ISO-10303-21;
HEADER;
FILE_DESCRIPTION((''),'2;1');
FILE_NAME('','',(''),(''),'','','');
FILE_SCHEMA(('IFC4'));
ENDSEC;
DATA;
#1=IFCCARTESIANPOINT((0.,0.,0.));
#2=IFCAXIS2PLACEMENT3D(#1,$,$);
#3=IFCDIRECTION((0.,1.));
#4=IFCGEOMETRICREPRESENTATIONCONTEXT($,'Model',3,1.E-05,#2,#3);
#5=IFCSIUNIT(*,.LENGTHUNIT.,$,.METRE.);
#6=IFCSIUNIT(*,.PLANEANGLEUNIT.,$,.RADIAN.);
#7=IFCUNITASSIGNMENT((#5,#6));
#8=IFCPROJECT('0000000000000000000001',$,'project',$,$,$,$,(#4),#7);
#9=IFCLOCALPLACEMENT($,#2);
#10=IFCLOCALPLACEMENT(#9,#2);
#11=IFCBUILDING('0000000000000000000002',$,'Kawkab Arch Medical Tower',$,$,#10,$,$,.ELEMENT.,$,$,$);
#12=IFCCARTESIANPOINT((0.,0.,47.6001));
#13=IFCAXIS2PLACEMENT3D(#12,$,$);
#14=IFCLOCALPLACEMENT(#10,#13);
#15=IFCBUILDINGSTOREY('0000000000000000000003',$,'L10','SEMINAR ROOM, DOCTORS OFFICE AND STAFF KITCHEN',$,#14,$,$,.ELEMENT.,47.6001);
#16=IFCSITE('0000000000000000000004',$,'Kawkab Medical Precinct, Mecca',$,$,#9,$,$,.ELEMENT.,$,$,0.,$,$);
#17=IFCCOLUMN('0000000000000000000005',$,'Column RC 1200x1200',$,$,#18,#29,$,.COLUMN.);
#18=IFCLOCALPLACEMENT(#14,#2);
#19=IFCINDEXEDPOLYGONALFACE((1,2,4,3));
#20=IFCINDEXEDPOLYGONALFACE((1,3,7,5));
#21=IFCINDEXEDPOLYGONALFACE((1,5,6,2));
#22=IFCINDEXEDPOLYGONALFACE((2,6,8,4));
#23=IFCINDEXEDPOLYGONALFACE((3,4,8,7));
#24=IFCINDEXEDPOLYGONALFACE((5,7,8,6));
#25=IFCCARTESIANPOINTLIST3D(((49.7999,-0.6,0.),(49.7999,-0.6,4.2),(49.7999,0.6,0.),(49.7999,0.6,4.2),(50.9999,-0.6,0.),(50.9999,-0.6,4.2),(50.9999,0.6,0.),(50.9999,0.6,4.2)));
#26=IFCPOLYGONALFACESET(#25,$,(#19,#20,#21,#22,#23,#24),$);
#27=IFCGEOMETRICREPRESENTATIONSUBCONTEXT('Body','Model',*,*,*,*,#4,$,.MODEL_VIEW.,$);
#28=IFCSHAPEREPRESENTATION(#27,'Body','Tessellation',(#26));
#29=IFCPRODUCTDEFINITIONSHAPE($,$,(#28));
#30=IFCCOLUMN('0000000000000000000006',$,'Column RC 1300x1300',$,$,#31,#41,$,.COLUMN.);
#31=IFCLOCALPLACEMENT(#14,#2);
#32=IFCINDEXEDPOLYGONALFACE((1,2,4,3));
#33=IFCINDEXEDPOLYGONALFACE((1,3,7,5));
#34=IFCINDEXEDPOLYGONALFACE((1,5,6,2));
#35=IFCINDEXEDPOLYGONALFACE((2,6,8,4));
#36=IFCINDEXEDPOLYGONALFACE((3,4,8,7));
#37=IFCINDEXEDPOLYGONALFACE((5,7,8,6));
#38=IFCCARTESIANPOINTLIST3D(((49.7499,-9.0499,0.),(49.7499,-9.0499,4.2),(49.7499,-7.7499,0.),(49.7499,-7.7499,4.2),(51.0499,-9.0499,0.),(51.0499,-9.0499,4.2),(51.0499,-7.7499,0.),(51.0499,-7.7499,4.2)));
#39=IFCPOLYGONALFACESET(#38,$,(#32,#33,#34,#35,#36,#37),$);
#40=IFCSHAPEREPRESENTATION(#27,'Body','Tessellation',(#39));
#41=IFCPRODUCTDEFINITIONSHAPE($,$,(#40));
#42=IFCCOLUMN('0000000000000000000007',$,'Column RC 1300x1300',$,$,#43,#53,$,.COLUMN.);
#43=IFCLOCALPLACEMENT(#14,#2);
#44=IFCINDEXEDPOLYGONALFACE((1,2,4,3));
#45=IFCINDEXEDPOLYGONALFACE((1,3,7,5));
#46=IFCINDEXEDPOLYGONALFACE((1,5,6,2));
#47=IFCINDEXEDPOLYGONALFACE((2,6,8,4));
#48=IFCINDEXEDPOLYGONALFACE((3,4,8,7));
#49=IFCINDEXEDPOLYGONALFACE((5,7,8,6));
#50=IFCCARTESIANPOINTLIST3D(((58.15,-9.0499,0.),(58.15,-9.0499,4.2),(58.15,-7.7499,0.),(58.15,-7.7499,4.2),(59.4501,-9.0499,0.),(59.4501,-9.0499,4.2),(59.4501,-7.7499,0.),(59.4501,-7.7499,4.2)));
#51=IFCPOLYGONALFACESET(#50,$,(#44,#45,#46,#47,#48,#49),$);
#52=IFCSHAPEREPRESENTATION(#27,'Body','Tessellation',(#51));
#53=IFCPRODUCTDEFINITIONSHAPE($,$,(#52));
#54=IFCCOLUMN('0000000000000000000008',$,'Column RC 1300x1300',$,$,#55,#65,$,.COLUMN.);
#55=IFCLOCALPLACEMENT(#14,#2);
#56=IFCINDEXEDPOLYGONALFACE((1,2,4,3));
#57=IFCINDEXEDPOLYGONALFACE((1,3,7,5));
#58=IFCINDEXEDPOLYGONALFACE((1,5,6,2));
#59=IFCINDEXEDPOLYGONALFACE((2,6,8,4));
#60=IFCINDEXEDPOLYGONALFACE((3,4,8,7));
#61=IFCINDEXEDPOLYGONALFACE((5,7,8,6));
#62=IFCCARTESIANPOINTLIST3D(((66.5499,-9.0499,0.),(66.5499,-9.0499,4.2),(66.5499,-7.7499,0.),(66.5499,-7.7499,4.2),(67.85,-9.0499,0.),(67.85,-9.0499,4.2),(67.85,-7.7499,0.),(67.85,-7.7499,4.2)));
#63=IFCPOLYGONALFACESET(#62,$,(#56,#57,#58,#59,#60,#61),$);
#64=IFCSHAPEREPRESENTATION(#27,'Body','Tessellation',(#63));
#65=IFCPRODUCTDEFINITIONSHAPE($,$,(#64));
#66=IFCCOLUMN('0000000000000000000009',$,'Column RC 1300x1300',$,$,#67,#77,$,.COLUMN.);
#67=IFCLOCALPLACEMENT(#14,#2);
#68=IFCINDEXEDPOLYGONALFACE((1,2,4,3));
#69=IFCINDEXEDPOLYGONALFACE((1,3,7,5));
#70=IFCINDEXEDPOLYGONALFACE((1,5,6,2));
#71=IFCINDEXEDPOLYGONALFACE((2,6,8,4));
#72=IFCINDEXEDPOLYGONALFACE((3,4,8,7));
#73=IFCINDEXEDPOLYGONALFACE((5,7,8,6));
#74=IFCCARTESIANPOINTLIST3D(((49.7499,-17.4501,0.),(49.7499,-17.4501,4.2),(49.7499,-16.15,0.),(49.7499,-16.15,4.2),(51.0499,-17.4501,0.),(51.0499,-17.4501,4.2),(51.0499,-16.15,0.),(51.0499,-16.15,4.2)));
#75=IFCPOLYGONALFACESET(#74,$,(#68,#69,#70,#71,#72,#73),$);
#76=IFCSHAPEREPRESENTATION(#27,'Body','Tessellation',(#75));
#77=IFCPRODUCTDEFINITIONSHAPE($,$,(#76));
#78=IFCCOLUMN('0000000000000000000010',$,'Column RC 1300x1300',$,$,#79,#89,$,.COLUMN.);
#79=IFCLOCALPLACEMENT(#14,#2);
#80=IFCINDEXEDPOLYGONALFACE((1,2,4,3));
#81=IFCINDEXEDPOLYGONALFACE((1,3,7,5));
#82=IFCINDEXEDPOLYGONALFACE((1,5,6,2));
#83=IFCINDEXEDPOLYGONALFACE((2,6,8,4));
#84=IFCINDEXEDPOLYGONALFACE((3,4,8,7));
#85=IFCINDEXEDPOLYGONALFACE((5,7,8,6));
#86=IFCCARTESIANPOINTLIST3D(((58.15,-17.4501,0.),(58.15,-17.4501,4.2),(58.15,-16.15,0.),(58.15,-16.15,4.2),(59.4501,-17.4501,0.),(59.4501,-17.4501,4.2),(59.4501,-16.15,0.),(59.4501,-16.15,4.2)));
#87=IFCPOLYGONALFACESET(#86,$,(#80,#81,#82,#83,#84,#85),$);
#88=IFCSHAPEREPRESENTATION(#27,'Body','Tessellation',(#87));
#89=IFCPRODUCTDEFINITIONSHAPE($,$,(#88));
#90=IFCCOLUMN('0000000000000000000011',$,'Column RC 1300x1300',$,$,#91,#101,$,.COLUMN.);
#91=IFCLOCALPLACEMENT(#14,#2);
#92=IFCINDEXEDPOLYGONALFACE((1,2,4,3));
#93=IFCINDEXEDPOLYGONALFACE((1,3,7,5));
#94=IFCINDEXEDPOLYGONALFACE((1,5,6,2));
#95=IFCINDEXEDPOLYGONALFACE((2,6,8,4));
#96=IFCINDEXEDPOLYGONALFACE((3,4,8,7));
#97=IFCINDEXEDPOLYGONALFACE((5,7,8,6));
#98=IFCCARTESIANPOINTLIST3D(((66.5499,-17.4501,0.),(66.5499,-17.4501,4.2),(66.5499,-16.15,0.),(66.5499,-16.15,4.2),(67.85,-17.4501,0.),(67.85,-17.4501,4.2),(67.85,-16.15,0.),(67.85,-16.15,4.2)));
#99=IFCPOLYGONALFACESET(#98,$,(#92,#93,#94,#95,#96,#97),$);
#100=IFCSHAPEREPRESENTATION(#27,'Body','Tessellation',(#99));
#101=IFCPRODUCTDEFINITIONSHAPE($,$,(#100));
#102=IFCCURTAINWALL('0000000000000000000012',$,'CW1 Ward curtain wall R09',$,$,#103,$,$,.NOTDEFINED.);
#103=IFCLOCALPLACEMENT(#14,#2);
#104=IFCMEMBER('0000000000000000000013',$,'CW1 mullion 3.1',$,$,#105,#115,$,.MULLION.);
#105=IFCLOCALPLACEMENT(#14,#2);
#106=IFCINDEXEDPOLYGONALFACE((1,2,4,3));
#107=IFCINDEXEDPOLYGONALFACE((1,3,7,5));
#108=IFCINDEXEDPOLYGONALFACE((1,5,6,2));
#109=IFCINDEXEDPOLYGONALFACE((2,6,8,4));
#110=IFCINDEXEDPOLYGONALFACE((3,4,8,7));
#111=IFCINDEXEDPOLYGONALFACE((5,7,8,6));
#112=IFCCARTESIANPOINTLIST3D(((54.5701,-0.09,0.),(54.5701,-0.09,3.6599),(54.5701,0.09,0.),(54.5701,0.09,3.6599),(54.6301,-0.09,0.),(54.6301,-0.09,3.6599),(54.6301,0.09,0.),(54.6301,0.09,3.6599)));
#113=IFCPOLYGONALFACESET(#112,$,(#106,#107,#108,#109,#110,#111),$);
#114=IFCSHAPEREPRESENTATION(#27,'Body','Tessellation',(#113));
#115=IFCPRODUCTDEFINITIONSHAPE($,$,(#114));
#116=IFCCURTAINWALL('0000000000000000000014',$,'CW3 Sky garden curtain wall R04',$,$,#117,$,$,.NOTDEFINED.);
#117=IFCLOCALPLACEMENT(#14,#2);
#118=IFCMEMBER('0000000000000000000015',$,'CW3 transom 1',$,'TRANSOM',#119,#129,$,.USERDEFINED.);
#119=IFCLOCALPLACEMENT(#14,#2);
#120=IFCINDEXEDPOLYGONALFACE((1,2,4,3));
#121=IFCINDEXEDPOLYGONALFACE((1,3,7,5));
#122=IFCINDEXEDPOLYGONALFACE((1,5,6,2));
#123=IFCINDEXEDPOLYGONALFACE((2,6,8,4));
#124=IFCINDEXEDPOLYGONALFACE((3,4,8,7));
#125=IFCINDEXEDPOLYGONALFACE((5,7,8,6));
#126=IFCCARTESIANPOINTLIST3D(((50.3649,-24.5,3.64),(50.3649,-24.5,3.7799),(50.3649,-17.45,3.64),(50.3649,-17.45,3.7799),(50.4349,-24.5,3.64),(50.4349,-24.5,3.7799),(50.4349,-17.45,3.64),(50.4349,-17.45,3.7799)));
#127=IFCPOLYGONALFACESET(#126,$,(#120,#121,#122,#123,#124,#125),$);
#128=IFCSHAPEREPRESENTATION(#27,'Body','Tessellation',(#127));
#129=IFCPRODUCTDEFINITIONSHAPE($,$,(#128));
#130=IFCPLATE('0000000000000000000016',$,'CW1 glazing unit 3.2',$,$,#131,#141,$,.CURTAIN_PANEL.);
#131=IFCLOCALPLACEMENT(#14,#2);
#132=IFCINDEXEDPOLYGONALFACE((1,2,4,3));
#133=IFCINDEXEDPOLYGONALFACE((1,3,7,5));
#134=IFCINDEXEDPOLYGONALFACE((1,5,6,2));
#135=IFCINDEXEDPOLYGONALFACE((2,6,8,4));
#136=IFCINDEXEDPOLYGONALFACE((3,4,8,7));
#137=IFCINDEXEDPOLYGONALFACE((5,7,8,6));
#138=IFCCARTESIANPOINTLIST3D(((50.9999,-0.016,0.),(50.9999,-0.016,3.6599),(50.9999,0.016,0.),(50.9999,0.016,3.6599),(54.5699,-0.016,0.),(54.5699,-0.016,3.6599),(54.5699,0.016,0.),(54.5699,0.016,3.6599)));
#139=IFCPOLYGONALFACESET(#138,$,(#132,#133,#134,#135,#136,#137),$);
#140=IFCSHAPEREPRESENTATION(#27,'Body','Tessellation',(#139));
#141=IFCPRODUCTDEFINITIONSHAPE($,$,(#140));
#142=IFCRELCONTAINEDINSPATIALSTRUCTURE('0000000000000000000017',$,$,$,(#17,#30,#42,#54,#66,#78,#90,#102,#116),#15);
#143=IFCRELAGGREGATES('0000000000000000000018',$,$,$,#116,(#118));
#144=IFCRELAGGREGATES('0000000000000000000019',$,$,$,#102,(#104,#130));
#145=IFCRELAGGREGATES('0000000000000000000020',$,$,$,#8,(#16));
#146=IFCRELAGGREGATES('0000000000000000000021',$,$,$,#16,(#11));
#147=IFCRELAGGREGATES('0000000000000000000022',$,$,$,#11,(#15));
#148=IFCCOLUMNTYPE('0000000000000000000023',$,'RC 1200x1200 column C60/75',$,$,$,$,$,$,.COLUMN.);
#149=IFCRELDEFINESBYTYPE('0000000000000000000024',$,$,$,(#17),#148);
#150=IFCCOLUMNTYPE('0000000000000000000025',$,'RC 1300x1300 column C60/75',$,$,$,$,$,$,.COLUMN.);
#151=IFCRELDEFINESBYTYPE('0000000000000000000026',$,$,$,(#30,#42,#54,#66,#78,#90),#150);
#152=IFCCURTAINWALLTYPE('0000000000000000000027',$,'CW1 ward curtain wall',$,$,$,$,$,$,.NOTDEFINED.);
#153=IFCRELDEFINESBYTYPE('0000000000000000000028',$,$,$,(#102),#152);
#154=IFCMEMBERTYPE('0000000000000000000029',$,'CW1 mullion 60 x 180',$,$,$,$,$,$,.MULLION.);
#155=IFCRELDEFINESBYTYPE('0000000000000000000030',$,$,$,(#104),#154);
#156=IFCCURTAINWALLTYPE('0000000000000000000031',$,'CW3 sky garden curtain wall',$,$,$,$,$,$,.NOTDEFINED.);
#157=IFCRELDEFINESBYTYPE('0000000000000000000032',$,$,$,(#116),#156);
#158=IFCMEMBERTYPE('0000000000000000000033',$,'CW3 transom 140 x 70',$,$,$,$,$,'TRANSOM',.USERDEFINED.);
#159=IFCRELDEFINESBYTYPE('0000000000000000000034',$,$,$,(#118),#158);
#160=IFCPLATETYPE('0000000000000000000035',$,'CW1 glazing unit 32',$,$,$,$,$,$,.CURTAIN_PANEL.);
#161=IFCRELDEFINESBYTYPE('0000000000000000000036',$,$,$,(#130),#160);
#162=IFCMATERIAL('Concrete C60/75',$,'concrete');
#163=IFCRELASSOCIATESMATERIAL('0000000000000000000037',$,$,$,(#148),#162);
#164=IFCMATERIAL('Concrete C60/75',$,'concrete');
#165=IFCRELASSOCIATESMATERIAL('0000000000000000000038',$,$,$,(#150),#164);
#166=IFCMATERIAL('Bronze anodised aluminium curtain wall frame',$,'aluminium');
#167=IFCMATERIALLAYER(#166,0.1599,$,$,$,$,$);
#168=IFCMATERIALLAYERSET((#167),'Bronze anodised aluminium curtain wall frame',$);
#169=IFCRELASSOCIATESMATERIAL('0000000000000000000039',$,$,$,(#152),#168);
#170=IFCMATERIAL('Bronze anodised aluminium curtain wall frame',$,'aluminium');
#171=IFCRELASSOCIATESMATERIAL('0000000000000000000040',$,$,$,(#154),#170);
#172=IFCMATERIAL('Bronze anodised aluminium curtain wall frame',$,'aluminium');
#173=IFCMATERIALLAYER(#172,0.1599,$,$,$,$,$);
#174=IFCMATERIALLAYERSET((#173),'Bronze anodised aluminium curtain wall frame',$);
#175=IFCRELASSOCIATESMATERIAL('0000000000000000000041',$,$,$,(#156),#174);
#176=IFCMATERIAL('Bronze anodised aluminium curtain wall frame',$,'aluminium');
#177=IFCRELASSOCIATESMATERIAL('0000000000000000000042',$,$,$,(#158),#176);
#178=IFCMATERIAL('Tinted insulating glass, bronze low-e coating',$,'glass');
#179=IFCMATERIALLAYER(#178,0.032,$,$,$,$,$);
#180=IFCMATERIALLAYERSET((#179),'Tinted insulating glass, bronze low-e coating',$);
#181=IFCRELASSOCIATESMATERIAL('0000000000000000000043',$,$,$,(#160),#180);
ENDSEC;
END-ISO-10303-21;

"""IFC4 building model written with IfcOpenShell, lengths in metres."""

from ifc_helpers import new_model, si_unit, direction, frame, origin, origin_2d, place, context, subcontext, project, spatial, rectangle, extrude, material, layer, layer_set, material_profile, profile_set, type_object, element, aggregate, save


model = new_model("IFC4")

# Units and contexts
model_context = context("Model", 3, precision=1e-05, world=origin(), true_north=direction((0.0, 1.0)))
body_context = subcontext(model_context, "Body", "Model", "MODEL_VIEW")
ifc_project = project(units=[si_unit("LENGTHUNIT", "METRE"), si_unit("PLANEANGLEUNIT", "RADIAN")], contexts=[model_context])

# Site, building, storey
site_placement = place(None, origin())
site = spatial("IfcSite", under=ifc_project, at=site_placement, Name="Kawkab Medical Precinct, Mecca", CompositionType="ELEMENT", RefElevation=0.0)
building_placement = place(site_placement, origin())
building = spatial("IfcBuilding", under=site, at=building_placement, Name="Kawkab Arch Medical Tower", CompositionType="ELEMENT")
storey_placement = place(building_placement, frame((0.0, 0.0, 47.6001)))
storey = spatial("IfcBuildingStorey", under=building, at=storey_placement, Name="L10", Description="SEMINAR ROOM, DOCTORS OFFICE AND STAFF KITCHEN", CompositionType="ELEMENT", Elevation=47.6001)

# Columns
ifc_material_1 = material(Name="Concrete C60/75", Category="concrete")
ifc_material_profile_1 = material_profile(ifc_material_1, rectangle(XDim=1.2, YDim=1.2, at=origin_2d()), Name="RC 1200x1200")
ifc_profile_set_1 = profile_set([ifc_material_profile_1], Name="Concrete C60/75")
column_type_1 = type_object("IfcColumnType", Name="RC 1200x1200 column C60/75", PredefinedType="COLUMN", material=ifc_profile_set_1)
column_placement = place(storey_placement, frame((50.3999, 0.0, 0.0), z_axis=(0.0, 0.0, 1.0), x_axis=(1.0, 0.0, 0.0)))
element("IfcColumn", 1, at=column_placement, inside=storey, type_object=column_type_1, Name="Column RC 1200x1200", PredefinedType="COLUMN", context=body_context, shape_type="SweptSolid", body=[
    extrude(rectangle(XDim=1.2, YDim=1.2, at=origin_2d()), origin(), (0.0, 0.0, 1.0), 4.2),
])
ifc_material_2 = material(Name="Concrete C60/75", Category="concrete")
ifc_material_profile_2 = material_profile(ifc_material_2, rectangle(XDim=1.3, YDim=1.3, at=origin_2d()), Name="RC 1300x1300")
ifc_profile_set_2 = profile_set([ifc_material_profile_2], Name="Concrete C60/75")
column_type_2 = type_object("IfcColumnType", Name="RC 1300x1300 column C60/75", PredefinedType="COLUMN", material=ifc_profile_set_2)
for number, where, z_axis, x_axis, name in (
    (2, (50.3999, -8.3999, 0.0), (0.0, 0.0, 1.0), (1.0, 0.0, 0.0), "Column RC 1300x1300"),
    (3, (58.8, -8.3999, 0.0), (0.0, 0.0, 1.0), (1.0, 0.0, 0.0), "Column RC 1300x1300"),
    (4, (67.2, -8.3999, 0.0), (0.0, 0.0, 1.0), (1.0, 0.0, 0.0), "Column RC 1300x1300"),
    (5, (50.3999, -16.8, 0.0), (0.0, 0.0, 1.0), (1.0, 0.0, 0.0), "Column RC 1300x1300"),
    (6, (58.8, -16.8, 0.0), (0.0, 0.0, 1.0), (1.0, 0.0, 0.0), "Column RC 1300x1300"),
    (7, (67.2, -16.8, 0.0), (0.0, 0.0, 1.0), (1.0, 0.0, 0.0), "Column RC 1300x1300"),
):
    element("IfcColumn", number, at=place(storey_placement, frame(where, z_axis=z_axis, x_axis=x_axis)), inside=storey, type_object=column_type_2, Name=name, PredefinedType="COLUMN", context=body_context, shape_type="SweptSolid", body=[
        extrude(rectangle(XDim=1.3, YDim=1.3, at=origin_2d()), origin(), (0.0, 0.0, 1.0), 4.2),
    ])

# Curtain walls, members
ifc_material_3 = material(Name="Bronze anodised aluminium curtain wall frame", Category="aluminium")
ifc_layer_1 = layer(ifc_material_3, 0.1599)
ifc_layer_set_1 = layer_set([ifc_layer_1], Name="Bronze anodised aluminium curtain wall frame")
curtain_wall_type_1 = type_object("IfcCurtainWallType", Name="CW1 ward curtain wall", PredefinedType="NOTDEFINED", material=ifc_layer_set_1)
placement = place(storey_placement, origin())
curtain_wall_1 = element("IfcCurtainWall", 8, at=placement, inside=storey, type_object=curtain_wall_type_1, Name="CW1 Ward curtain wall R09", PredefinedType="NOTDEFINED")
ifc_material_4 = material(Name="Bronze anodised aluminium curtain wall frame", Category="aluminium")
ifc_material_profile_3 = material_profile(ifc_material_4, rectangle(XDim=0.1799, YDim=0.0601, at=origin_2d()), Name="AL 60x180")
ifc_profile_set_3 = profile_set([ifc_material_profile_3], Name="Bronze anodised aluminium curtain wall frame")
member_type_1 = type_object("IfcMemberType", Name="CW1 mullion 60 x 180", PredefinedType="MULLION", material=ifc_profile_set_3)
member_1_placement = place(storey_placement, frame((54.6001, 0.0, 0.0), z_axis=(0.0, 0.0, 1.0), x_axis=(0.0, -1.0, 0.0)))
member_1 = element("IfcMember", 9, at=member_1_placement, type_object=member_type_1, Name="CW1 mullion 3.1", PredefinedType="MULLION", context=body_context, shape_type="SweptSolid", body=[
    extrude(rectangle(XDim=0.1799, YDim=0.0601, at=origin_2d()), origin(), (0.0, 0.0, 1.0), 3.6599),
])
ifc_material_5 = material(Name="Bronze anodised aluminium curtain wall frame", Category="aluminium")
ifc_layer_2 = layer(ifc_material_5, 0.1599)
ifc_layer_set_2 = layer_set([ifc_layer_2], Name="Bronze anodised aluminium curtain wall frame")
curtain_wall_type_2 = type_object("IfcCurtainWallType", Name="CW3 sky garden curtain wall", PredefinedType="NOTDEFINED", material=ifc_layer_set_2)
curtain_wall_2 = element("IfcCurtainWall", 10, at=placement, inside=storey, type_object=curtain_wall_type_2, Name="CW3 Sky garden curtain wall R04", PredefinedType="NOTDEFINED")
ifc_material_6 = material(Name="Bronze anodised aluminium curtain wall frame", Category="aluminium")
ifc_material_profile_4 = material_profile(ifc_material_6, rectangle(XDim=0.0701, YDim=0.1399, at=origin_2d()), Name="AL 70x140")
ifc_profile_set_4 = profile_set([ifc_material_profile_4], Name="Bronze anodised aluminium curtain wall frame")
member_type_2 = type_object("IfcMemberType", Name="CW3 transom 140 x 70", ElementType="TRANSOM", PredefinedType="USERDEFINED", material=ifc_profile_set_4)
member_2_placement = place(storey_placement, frame((50.3999, -17.45, 3.71), z_axis=(0.0, -1.0, 0.0), x_axis=(1.0, 0.0, 0.0)))
member_2 = element("IfcMember", 11, at=member_2_placement, type_object=member_type_2, Name="CW3 transom 1", ObjectType="TRANSOM", PredefinedType="USERDEFINED", context=body_context, shape_type="SweptSolid", body=[
    extrude(rectangle(XDim=0.0701, YDim=0.1399, at=origin_2d()), origin(), (0.0, 0.0, 1.0), 7.05),
])
aggregate(curtain_wall_2, [member_2])

# Plate
ifc_material_7 = material(Name="Tinted insulating glass, bronze low-e coating", Category="glass")
ifc_layer_3 = layer(ifc_material_7, 0.032)
ifc_layer_set_3 = layer_set([ifc_layer_3], Name="Tinted insulating glass, bronze low-e coating")
plate_type = type_object("IfcPlateType", Name="CW1 glazing unit 32", PredefinedType="CURTAIN_PANEL", material=ifc_layer_set_3)
plate_placement = place(storey_placement, frame((52.7849, 0.0, 0.0), z_axis=(0.0, 0.0, 1.0), x_axis=(-1.0, 0.0, 0.0)))
plate = element("IfcPlate", 12, at=plate_placement, type_object=plate_type, Name="CW1 glazing unit 3.2", PredefinedType="CURTAIN_PANEL", context=body_context, shape_type="SweptSolid", body=[
    extrude(rectangle(XDim=3.5701, YDim=0.032, at=origin_2d()), origin(), (0.0, 0.0, 1.0), 3.6599),
])
aggregate(curtain_wall_1, [member_1, plate])

save(model, "model.ifc")
